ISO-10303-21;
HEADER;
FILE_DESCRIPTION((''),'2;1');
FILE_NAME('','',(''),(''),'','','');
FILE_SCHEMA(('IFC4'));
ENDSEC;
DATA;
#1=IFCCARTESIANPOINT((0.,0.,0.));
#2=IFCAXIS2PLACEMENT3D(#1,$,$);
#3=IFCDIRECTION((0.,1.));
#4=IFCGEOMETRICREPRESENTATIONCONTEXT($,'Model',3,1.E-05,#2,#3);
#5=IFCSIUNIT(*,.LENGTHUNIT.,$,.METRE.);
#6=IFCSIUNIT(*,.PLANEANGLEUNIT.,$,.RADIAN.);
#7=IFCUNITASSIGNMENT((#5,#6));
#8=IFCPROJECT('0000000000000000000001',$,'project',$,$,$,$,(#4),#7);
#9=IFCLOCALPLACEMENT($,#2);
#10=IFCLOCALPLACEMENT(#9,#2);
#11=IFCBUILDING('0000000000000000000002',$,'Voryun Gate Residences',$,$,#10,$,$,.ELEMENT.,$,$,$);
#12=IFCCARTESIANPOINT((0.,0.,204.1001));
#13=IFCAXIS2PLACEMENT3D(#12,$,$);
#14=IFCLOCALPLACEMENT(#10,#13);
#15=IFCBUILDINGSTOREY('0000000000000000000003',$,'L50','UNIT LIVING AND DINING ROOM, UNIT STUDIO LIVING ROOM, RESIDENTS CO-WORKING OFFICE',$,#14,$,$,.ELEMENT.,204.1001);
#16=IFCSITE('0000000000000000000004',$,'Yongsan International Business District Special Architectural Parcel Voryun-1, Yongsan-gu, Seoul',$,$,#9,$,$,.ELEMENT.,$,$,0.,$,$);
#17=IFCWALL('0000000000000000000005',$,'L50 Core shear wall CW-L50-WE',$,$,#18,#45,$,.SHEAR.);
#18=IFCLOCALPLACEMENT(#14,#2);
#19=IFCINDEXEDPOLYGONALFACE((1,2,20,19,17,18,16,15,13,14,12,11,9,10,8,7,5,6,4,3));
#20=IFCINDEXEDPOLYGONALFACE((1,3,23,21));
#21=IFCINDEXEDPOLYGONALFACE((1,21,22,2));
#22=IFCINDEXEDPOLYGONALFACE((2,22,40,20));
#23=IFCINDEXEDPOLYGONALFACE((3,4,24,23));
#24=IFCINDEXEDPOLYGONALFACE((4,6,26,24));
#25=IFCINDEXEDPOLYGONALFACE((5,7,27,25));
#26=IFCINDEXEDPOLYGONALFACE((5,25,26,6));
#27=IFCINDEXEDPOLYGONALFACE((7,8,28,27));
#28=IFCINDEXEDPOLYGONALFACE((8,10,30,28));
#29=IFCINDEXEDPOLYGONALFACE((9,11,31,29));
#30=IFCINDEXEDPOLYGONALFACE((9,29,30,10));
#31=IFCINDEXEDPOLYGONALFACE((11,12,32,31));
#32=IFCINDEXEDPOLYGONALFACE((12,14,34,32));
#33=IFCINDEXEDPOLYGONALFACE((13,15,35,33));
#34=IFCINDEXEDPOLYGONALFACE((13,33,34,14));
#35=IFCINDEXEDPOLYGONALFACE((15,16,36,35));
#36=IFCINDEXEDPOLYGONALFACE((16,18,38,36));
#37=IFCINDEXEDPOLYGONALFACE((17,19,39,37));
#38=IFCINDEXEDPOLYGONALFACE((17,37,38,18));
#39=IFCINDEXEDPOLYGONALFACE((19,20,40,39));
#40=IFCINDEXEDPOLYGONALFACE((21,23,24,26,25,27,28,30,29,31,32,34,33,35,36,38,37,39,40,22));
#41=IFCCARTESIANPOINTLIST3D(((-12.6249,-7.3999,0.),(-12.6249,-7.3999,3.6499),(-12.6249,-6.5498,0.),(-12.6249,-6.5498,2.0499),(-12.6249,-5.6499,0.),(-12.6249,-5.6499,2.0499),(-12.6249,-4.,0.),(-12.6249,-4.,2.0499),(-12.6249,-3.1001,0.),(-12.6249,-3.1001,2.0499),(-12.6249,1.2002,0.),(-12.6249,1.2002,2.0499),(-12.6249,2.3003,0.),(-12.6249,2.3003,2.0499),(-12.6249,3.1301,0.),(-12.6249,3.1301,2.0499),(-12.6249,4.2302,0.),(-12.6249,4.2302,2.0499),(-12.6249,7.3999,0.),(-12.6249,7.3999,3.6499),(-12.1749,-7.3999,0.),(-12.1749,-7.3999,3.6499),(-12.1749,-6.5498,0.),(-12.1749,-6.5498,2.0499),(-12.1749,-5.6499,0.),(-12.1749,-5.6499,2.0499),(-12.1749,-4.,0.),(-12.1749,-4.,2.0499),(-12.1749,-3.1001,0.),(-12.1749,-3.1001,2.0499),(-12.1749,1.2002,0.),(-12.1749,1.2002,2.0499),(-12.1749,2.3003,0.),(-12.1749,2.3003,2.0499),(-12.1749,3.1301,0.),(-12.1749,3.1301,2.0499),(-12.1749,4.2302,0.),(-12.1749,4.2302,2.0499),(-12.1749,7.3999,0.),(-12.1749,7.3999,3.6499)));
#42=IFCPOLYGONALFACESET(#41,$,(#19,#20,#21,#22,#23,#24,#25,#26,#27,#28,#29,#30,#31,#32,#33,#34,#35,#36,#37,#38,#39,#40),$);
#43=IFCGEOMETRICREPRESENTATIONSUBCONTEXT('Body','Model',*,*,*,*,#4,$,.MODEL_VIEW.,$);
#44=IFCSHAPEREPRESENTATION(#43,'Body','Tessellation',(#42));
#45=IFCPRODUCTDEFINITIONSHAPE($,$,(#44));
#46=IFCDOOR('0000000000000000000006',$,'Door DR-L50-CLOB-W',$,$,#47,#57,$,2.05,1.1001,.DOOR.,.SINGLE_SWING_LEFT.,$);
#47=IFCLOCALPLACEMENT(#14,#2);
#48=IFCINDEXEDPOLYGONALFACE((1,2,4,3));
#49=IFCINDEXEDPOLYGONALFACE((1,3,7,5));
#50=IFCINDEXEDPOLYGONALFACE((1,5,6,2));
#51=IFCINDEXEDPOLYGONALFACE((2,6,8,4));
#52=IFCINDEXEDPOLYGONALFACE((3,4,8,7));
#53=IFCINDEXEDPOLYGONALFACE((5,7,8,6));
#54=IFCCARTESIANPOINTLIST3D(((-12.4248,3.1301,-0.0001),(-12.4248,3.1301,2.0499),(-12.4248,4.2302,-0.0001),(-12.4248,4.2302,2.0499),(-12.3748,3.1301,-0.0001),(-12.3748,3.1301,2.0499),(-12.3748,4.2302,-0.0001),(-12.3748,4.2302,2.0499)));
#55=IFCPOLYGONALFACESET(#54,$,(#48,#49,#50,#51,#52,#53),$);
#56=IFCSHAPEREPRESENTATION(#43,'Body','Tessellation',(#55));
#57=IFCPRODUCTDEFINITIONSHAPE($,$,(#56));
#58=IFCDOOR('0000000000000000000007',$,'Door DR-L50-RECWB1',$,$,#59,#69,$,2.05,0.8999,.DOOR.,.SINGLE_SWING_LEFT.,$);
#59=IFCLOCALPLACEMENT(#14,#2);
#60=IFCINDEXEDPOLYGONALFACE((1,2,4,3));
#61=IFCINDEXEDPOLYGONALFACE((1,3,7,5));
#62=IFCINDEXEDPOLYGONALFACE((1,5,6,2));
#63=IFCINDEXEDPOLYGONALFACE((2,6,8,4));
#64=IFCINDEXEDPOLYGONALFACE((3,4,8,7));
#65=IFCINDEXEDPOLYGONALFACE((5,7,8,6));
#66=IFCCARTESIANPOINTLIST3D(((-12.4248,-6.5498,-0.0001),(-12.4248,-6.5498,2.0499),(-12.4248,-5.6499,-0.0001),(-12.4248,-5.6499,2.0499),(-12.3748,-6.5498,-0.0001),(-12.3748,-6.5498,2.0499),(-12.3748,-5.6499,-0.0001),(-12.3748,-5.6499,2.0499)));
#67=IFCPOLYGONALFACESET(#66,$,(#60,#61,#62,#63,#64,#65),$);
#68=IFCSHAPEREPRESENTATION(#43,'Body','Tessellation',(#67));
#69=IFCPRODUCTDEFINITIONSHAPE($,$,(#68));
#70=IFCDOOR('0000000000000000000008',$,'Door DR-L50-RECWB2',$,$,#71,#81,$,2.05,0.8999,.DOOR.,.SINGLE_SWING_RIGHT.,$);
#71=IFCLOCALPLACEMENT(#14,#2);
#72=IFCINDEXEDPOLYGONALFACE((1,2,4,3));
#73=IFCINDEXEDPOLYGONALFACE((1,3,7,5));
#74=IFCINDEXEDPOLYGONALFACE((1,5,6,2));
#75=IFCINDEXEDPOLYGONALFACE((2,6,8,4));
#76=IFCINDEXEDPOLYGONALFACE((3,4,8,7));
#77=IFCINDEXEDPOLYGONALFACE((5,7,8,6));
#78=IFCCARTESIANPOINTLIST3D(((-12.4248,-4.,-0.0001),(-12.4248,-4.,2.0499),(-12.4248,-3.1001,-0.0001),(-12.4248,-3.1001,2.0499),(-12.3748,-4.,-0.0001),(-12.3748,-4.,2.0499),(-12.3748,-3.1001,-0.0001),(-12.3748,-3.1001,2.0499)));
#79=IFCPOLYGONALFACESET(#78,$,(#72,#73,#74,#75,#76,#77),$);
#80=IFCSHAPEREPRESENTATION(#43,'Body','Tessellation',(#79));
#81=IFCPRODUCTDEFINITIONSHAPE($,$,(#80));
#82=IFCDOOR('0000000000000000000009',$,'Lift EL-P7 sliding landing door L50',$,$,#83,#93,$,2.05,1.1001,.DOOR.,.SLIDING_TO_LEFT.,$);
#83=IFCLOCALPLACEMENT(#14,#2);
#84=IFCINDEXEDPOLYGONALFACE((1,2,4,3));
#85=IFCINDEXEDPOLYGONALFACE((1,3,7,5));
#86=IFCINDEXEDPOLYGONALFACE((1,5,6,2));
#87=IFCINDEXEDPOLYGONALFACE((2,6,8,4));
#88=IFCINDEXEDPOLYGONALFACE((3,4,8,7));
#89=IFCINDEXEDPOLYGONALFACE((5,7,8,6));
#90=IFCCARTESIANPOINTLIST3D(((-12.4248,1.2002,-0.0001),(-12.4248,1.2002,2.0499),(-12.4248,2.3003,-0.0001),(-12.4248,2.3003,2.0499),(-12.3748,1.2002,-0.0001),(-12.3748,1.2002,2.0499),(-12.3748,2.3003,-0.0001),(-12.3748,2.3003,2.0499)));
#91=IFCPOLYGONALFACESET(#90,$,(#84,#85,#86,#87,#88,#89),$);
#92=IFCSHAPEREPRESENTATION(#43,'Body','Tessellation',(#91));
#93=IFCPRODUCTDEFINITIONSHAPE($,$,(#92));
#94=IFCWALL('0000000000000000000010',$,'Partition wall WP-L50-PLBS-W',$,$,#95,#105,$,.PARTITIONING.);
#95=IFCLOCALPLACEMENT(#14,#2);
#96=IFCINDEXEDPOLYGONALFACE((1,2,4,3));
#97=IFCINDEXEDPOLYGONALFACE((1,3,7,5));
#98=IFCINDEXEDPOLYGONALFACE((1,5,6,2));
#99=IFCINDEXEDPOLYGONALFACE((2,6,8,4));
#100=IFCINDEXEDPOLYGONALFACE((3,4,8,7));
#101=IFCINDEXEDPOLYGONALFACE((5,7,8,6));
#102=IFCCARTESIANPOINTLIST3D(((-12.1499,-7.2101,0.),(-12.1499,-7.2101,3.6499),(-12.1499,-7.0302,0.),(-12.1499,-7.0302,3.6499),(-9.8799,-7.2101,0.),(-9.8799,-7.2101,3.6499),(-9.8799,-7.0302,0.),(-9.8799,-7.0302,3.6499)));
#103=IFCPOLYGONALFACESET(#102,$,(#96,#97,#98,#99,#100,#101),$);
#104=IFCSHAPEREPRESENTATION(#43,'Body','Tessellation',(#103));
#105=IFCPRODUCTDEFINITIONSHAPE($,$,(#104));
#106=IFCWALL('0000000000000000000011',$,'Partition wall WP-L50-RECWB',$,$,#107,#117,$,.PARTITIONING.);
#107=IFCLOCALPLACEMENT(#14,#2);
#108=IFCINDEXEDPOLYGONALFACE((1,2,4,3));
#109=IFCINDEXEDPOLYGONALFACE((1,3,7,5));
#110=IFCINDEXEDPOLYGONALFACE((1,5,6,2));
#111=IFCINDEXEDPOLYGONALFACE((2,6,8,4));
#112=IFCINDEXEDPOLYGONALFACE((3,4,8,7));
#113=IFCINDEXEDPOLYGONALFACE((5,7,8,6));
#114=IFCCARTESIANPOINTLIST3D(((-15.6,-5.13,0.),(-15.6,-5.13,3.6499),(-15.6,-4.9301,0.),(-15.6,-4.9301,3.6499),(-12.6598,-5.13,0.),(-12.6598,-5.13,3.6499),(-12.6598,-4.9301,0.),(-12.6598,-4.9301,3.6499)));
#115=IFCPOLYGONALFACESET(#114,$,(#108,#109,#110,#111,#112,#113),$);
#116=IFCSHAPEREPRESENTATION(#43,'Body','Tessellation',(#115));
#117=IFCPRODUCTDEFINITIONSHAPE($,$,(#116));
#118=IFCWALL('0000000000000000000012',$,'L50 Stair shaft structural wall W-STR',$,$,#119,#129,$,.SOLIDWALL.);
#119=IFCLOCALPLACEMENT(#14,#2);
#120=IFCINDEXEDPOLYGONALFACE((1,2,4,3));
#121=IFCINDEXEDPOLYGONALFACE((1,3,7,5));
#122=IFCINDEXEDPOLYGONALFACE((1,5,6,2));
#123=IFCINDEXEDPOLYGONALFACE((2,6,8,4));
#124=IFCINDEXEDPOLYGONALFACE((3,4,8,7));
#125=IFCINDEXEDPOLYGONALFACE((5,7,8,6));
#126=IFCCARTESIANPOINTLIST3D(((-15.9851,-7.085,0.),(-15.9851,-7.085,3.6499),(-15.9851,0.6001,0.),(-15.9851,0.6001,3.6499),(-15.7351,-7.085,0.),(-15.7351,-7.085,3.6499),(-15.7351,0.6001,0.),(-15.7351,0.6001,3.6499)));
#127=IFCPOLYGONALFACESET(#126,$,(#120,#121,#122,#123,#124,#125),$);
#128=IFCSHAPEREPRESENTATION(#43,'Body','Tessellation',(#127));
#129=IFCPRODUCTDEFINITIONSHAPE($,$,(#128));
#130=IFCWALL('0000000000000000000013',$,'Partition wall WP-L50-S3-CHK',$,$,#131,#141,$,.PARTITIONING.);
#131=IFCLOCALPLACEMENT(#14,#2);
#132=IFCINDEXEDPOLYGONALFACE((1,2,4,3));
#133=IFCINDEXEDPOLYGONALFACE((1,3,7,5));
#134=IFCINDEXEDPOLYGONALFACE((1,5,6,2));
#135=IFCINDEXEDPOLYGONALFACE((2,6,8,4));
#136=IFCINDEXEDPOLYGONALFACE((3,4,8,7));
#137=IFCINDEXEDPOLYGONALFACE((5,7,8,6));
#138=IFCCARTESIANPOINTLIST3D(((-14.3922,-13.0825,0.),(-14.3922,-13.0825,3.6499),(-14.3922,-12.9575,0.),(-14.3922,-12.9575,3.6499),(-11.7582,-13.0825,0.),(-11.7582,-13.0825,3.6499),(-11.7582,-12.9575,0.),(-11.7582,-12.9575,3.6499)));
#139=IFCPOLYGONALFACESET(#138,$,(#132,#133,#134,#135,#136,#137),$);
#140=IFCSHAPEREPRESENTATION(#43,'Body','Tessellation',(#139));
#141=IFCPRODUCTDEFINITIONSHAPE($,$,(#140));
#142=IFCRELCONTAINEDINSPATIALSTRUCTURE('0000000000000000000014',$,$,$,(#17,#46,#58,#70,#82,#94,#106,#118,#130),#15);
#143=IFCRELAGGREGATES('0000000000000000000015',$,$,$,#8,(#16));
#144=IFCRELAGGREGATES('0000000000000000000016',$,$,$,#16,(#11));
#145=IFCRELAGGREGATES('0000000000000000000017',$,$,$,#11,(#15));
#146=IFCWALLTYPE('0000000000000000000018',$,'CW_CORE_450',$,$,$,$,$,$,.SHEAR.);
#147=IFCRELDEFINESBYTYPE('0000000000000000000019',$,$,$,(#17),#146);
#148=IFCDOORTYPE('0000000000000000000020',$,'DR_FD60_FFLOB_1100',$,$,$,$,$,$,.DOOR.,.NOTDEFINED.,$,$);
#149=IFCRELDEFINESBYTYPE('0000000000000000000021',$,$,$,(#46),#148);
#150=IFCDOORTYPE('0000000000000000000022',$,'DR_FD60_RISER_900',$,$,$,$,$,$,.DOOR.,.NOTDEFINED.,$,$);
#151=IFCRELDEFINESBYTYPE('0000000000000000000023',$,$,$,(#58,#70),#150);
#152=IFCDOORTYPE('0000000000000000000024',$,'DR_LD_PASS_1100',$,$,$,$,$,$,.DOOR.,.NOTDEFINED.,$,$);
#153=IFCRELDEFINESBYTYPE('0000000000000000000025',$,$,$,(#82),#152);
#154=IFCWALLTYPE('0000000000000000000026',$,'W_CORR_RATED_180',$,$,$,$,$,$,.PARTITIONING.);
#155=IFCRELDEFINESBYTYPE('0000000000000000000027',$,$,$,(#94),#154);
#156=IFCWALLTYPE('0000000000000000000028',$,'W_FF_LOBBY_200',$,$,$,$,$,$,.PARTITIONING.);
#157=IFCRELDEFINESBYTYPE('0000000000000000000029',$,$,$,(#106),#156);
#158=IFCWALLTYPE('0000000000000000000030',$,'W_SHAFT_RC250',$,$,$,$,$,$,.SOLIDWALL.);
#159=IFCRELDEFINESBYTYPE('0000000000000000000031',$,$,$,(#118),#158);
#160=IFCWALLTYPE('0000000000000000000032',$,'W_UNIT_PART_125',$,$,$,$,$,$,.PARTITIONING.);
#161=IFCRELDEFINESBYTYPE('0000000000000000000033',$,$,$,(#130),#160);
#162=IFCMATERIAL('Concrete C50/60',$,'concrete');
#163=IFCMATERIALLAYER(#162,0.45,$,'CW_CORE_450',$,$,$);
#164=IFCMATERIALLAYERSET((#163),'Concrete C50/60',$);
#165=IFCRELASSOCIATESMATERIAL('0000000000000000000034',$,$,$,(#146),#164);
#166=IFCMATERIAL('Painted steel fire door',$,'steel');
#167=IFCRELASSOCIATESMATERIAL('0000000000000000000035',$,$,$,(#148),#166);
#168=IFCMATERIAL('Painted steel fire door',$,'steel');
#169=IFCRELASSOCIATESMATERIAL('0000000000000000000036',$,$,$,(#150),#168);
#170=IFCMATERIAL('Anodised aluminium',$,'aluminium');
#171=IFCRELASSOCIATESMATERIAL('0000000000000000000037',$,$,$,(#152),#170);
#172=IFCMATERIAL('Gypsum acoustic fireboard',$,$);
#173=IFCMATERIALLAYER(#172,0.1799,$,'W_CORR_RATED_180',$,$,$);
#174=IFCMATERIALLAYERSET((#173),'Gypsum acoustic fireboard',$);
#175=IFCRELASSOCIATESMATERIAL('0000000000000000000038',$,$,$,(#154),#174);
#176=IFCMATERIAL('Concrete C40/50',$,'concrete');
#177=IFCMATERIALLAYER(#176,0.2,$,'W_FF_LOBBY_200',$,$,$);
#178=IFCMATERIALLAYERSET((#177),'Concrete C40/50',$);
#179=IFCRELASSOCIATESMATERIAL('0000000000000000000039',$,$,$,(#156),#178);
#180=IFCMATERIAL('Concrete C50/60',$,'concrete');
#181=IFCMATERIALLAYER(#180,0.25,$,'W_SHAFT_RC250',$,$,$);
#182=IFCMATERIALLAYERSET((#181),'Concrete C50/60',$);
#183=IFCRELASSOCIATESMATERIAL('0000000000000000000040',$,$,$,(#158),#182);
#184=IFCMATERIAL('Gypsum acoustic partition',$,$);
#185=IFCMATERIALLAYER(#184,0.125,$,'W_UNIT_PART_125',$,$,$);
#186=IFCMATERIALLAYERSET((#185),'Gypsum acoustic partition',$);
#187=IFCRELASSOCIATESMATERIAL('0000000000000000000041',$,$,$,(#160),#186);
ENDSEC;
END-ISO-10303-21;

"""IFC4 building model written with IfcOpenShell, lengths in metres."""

from ifc_helpers import new_model, si_unit, direction, frame, frame_2d, origin, place, context, subcontext, project, spatial, rectangle, extrude, material, layer, layer_set, type_object, element, fill, save


model = new_model("IFC4")

# Units and contexts
model_context = context("Model", 3, precision=1e-05, world=origin(), true_north=direction((0.0, 1.0)))
body_context = subcontext(model_context, "Body", "Model", "MODEL_VIEW")
ifc_project = project(units=[si_unit("LENGTHUNIT", "METRE"), si_unit("PLANEANGLEUNIT", "RADIAN")], contexts=[model_context])

# Site, building, storey
site_placement = place(None, origin())
site = spatial("IfcSite", under=ifc_project, at=site_placement, Name="Yongsan International Business District Special Architectural Parcel Voryun-1, Yongsan-gu, Seoul", CompositionType="ELEMENT", RefElevation=0.0)
building_placement = place(site_placement, origin())
building = spatial("IfcBuilding", under=site, at=building_placement, Name="Voryun Gate Residences", CompositionType="ELEMENT")
storey_placement = place(building_placement, frame((0.0, 0.0, 204.1001)))
storey = spatial("IfcBuildingStorey", under=building, at=storey_placement, Name="L50", Description="UNIT LIVING AND DINING ROOM, UNIT STUDIO LIVING ROOM, RESIDENTS CO-WORKING OFFICE", CompositionType="ELEMENT", Elevation=204.1001)

# Wall, openings, doors
ifc_material_1 = material(Name="Concrete C50/60", Category="concrete")
ifc_layer_1 = layer(ifc_material_1, 0.45, Name="CW_CORE_450")
ifc_layer_set_1 = layer_set([ifc_layer_1], Name="Concrete C50/60")
wall_type_1 = type_object("IfcWallType", Name="CW_CORE_450", PredefinedType="SHEAR", material=ifc_layer_set_1)
wall_1_placement = place(storey_placement, frame((-12.3999, -7.3999, 0.0), z_axis=(0.0, 0.0, 1.0), x_axis=(0.0, 1.0, 0.0)))
wall_1 = element("IfcWall", 1, at=wall_1_placement, inside=storey, type_object=wall_type_1, Name="L50 Core shear wall CW-L50-WE", PredefinedType="SHEAR", context=body_context, shape_type="SweptSolid", body=[
    extrude(rectangle(XDim=14.7998, YDim=0.45, at=frame_2d((7.3999, 0.0))), origin(), (0.0, 0.0, 1.0), 3.6499),
])
opening_1_placement = place(wall_1_placement, frame((8.6001, 0.0, 0.0)))
opening_1 = element("IfcOpeningElement", 2, at=opening_1_placement, cuts=wall_1, PredefinedType="OPENING", context=body_context, shape_type="SweptSolid", body=[
    extrude(rectangle(XDim=1.1001, YDim=2.05, at=frame_2d((0.55, 1.0249))), frame((0.0, 0.2351, 0.0), z_axis=(0.0, -1.0, 0.0), x_axis=(1.0, 0.0, 0.0)), (0.0, 0.0, 1.0), 0.47),
])
opening_2_placement = place(wall_1_placement, frame((10.53, 0.0, 0.0)))
opening_2 = element("IfcOpeningElement", 3, at=opening_2_placement, cuts=wall_1, PredefinedType="OPENING", context=body_context, shape_type="SweptSolid", body=[
    extrude(rectangle(XDim=1.1001, YDim=2.05, at=frame_2d((0.55, 1.0249))), frame((0.0, 0.2351, 0.0), z_axis=(0.0, -1.0, 0.0), x_axis=(1.0, 0.0, 0.0)), (0.0, 0.0, 1.0), 0.47),
])
opening_3_placement = place(wall_1_placement, frame((0.8501, 0.0, 0.0)))
opening_3 = element("IfcOpeningElement", 4, at=opening_3_placement, cuts=wall_1, PredefinedType="OPENING", context=body_context, shape_type="SweptSolid", body=[
    extrude(rectangle(XDim=0.8999, YDim=2.05, at=frame_2d((0.45, 1.0249))), frame((0.0, 0.2351, 0.0), z_axis=(0.0, -1.0, 0.0), x_axis=(1.0, 0.0, 0.0)), (0.0, 0.0, 1.0), 0.47),
])
opening_4_placement = place(wall_1_placement, frame((3.3999, 0.0, 0.0)))
opening_4 = element("IfcOpeningElement", 5, at=opening_4_placement, cuts=wall_1, PredefinedType="OPENING", context=body_context, shape_type="SweptSolid", body=[
    extrude(rectangle(XDim=0.8999, YDim=2.05, at=frame_2d((0.45, 1.0249))), frame((0.0, 0.2351, 0.0), z_axis=(0.0, -1.0, 0.0), x_axis=(1.0, 0.0, 0.0)), (0.0, 0.0, 1.0), 0.47),
])
ifc_material_2 = material(Name="Painted steel fire door", Category="steel")
door_type_1 = type_object("IfcDoorType", Name="DR_FD60_FFLOB_1100", OperationType="NOTDEFINED", PredefinedType="DOOR", material=ifc_material_2)
door_1_placement = place(opening_2_placement, origin())
door_1 = element("IfcDoor", 6, at=door_1_placement, inside=storey, type_object=door_type_1, Name="Door DR-L50-CLOB-W", OperationType="SINGLE_SWING_LEFT", OverallHeight=2.05, OverallWidth=1.1001, PredefinedType="DOOR", context=body_context, shape_type="SweptSolid", body=[
    extrude(rectangle(XDim=1.1001, YDim=2.05, at=frame_2d((0.55, 1.0249))), frame((0.0, 0.0249, 0.0), z_axis=(0.0, -1.0, 0.0), x_axis=(1.0, 0.0, 0.0)), (0.0, 0.0, 1.0), 0.05),
])
fill(opening_2, door_1)
ifc_material_3 = material(Name="Painted steel fire door", Category="steel")
door_type_2 = type_object("IfcDoorType", Name="DR_FD60_RISER_900", OperationType="NOTDEFINED", PredefinedType="DOOR", material=ifc_material_3)
door_2_placement = place(opening_3_placement, origin())
door_2 = element("IfcDoor", 7, at=door_2_placement, inside=storey, type_object=door_type_2, Name="Door DR-L50-RECWB1", OperationType="SINGLE_SWING_LEFT", OverallHeight=2.05, OverallWidth=0.8999, PredefinedType="DOOR", context=body_context, shape_type="SweptSolid", body=[
    extrude(rectangle(XDim=0.8999, YDim=2.05, at=frame_2d((0.45, 1.0249))), frame((0.0, 0.0249, 0.0), z_axis=(0.0, -1.0, 0.0), x_axis=(1.0, 0.0, 0.0)), (0.0, 0.0, 1.0), 0.05),
])
fill(opening_3, door_2)
door_3_placement = place(opening_4_placement, origin())
door_3 = element("IfcDoor", 8, at=door_3_placement, inside=storey, type_object=door_type_2, Name="Door DR-L50-RECWB2", OperationType="SINGLE_SWING_RIGHT", OverallHeight=2.05, OverallWidth=0.8999, PredefinedType="DOOR", context=body_context, shape_type="SweptSolid", body=[
    extrude(rectangle(XDim=0.8999, YDim=2.05, at=frame_2d((0.45, 1.0249))), frame((0.0, 0.0249, 0.0), z_axis=(0.0, -1.0, 0.0), x_axis=(1.0, 0.0, 0.0)), (0.0, 0.0, 1.0), 0.05),
])
fill(opening_4, door_3)
ifc_material_4 = material(Name="Anodised aluminium", Category="aluminium")
door_type_3 = type_object("IfcDoorType", Name="DR_LD_PASS_1100", OperationType="NOTDEFINED", PredefinedType="DOOR", material=ifc_material_4)
door_4_placement = place(opening_1_placement, origin())
door_4 = element("IfcDoor", 9, at=door_4_placement, inside=storey, type_object=door_type_3, Name="Lift EL-P7 sliding landing door L50", OperationType="SLIDING_TO_LEFT", OverallHeight=2.05, OverallWidth=1.1001, PredefinedType="DOOR", context=body_context, shape_type="SweptSolid", body=[
    extrude(rectangle(XDim=1.1001, YDim=2.05, at=frame_2d((0.55, 1.0249))), frame((0.0, 0.0249, 0.0), z_axis=(0.0, -1.0, 0.0), x_axis=(1.0, 0.0, 0.0)), (0.0, 0.0, 1.0), 0.05),
])
fill(opening_1, door_4)

# Walls
ifc_material_5 = material(Name="Gypsum acoustic fireboard")
ifc_layer_2 = layer(ifc_material_5, 0.1799, Name="W_CORR_RATED_180")
ifc_layer_set_2 = layer_set([ifc_layer_2], Name="Gypsum acoustic fireboard")
wall_type_2 = type_object("IfcWallType", Name="W_CORR_RATED_180", PredefinedType="PARTITIONING", material=ifc_layer_set_2)
wall_2_placement = place(storey_placement, frame((-12.1499, -7.1201, 0.0), z_axis=(0.0, 0.0, 1.0), x_axis=(1.0, 0.0, 0.0)))
element("IfcWall", 10, at=wall_2_placement, inside=storey, type_object=wall_type_2, Name="Partition wall WP-L50-PLBS-W", PredefinedType="PARTITIONING", context=body_context, shape_type="SweptSolid", body=[
    extrude(rectangle(XDim=2.27, YDim=0.1799, at=frame_2d((1.135, 0.0))), origin(), (0.0, 0.0, 1.0), 3.6499),
])
ifc_material_6 = material(Name="Concrete C40/50", Category="concrete")
ifc_layer_3 = layer(ifc_material_6, 0.2, Name="W_FF_LOBBY_200")
ifc_layer_set_3 = layer_set([ifc_layer_3], Name="Concrete C40/50")
wall_type_3 = type_object("IfcWallType", Name="W_FF_LOBBY_200", PredefinedType="PARTITIONING", material=ifc_layer_set_3)
wall_3_placement = place(storey_placement, frame((-15.6001, -5.03, 0.0), z_axis=(0.0, 0.0, 1.0), x_axis=(1.0, 0.0, 0.0)))
element("IfcWall", 11, at=wall_3_placement, inside=storey, type_object=wall_type_3, Name="Partition wall WP-L50-RECWB", PredefinedType="PARTITIONING", context=body_context, shape_type="SweptSolid", body=[
    extrude(rectangle(XDim=2.9402, YDim=0.2, at=frame_2d((1.4702, 0.0))), origin(), (0.0, 0.0, 1.0), 3.6499),
])
ifc_material_7 = material(Name="Concrete C50/60", Category="concrete")
ifc_layer_4 = layer(ifc_material_7, 0.25, Name="W_SHAFT_RC250")
ifc_layer_set_4 = layer_set([ifc_layer_4], Name="Concrete C50/60")
wall_type_4 = type_object("IfcWallType", Name="W_SHAFT_RC250", PredefinedType="SOLIDWALL", material=ifc_layer_set_4)
wall_4_placement = place(storey_placement, frame((-15.8601, -7.085, 0.0), z_axis=(0.0, 0.0, 1.0), x_axis=(0.0, 1.0, 0.0)))
element("IfcWall", 12, at=wall_4_placement, inside=storey, type_object=wall_type_4, Name="L50 Stair shaft structural wall W-STR", PredefinedType="SOLIDWALL", context=body_context, shape_type="SweptSolid", body=[
    extrude(rectangle(XDim=7.6851, YDim=0.25, at=frame_2d((3.8425, 0.0))), origin(), (0.0, 0.0, 1.0), 3.6499),
])
ifc_material_8 = material(Name="Gypsum acoustic partition")
ifc_layer_5 = layer(ifc_material_8, 0.125, Name="W_UNIT_PART_125")
ifc_layer_set_5 = layer_set([ifc_layer_5], Name="Gypsum acoustic partition")
wall_type_5 = type_object("IfcWallType", Name="W_UNIT_PART_125", PredefinedType="PARTITIONING", material=ifc_layer_set_5)
wall_5_placement = place(storey_placement, frame((-14.3921, -13.02, 0.0), z_axis=(0.0, 0.0, 1.0), x_axis=(1.0, 0.0, 0.0)))
element("IfcWall", 13, at=wall_5_placement, inside=storey, type_object=wall_type_5, Name="Partition wall WP-L50-S3-CHK", PredefinedType="PARTITIONING", context=body_context, shape_type="SweptSolid", body=[
    extrude(rectangle(XDim=2.634, YDim=0.125, at=frame_2d((1.3169, 0.0))), origin(), (0.0, 0.0, 1.0), 3.6499),
])

save(model, "model.ifc")
